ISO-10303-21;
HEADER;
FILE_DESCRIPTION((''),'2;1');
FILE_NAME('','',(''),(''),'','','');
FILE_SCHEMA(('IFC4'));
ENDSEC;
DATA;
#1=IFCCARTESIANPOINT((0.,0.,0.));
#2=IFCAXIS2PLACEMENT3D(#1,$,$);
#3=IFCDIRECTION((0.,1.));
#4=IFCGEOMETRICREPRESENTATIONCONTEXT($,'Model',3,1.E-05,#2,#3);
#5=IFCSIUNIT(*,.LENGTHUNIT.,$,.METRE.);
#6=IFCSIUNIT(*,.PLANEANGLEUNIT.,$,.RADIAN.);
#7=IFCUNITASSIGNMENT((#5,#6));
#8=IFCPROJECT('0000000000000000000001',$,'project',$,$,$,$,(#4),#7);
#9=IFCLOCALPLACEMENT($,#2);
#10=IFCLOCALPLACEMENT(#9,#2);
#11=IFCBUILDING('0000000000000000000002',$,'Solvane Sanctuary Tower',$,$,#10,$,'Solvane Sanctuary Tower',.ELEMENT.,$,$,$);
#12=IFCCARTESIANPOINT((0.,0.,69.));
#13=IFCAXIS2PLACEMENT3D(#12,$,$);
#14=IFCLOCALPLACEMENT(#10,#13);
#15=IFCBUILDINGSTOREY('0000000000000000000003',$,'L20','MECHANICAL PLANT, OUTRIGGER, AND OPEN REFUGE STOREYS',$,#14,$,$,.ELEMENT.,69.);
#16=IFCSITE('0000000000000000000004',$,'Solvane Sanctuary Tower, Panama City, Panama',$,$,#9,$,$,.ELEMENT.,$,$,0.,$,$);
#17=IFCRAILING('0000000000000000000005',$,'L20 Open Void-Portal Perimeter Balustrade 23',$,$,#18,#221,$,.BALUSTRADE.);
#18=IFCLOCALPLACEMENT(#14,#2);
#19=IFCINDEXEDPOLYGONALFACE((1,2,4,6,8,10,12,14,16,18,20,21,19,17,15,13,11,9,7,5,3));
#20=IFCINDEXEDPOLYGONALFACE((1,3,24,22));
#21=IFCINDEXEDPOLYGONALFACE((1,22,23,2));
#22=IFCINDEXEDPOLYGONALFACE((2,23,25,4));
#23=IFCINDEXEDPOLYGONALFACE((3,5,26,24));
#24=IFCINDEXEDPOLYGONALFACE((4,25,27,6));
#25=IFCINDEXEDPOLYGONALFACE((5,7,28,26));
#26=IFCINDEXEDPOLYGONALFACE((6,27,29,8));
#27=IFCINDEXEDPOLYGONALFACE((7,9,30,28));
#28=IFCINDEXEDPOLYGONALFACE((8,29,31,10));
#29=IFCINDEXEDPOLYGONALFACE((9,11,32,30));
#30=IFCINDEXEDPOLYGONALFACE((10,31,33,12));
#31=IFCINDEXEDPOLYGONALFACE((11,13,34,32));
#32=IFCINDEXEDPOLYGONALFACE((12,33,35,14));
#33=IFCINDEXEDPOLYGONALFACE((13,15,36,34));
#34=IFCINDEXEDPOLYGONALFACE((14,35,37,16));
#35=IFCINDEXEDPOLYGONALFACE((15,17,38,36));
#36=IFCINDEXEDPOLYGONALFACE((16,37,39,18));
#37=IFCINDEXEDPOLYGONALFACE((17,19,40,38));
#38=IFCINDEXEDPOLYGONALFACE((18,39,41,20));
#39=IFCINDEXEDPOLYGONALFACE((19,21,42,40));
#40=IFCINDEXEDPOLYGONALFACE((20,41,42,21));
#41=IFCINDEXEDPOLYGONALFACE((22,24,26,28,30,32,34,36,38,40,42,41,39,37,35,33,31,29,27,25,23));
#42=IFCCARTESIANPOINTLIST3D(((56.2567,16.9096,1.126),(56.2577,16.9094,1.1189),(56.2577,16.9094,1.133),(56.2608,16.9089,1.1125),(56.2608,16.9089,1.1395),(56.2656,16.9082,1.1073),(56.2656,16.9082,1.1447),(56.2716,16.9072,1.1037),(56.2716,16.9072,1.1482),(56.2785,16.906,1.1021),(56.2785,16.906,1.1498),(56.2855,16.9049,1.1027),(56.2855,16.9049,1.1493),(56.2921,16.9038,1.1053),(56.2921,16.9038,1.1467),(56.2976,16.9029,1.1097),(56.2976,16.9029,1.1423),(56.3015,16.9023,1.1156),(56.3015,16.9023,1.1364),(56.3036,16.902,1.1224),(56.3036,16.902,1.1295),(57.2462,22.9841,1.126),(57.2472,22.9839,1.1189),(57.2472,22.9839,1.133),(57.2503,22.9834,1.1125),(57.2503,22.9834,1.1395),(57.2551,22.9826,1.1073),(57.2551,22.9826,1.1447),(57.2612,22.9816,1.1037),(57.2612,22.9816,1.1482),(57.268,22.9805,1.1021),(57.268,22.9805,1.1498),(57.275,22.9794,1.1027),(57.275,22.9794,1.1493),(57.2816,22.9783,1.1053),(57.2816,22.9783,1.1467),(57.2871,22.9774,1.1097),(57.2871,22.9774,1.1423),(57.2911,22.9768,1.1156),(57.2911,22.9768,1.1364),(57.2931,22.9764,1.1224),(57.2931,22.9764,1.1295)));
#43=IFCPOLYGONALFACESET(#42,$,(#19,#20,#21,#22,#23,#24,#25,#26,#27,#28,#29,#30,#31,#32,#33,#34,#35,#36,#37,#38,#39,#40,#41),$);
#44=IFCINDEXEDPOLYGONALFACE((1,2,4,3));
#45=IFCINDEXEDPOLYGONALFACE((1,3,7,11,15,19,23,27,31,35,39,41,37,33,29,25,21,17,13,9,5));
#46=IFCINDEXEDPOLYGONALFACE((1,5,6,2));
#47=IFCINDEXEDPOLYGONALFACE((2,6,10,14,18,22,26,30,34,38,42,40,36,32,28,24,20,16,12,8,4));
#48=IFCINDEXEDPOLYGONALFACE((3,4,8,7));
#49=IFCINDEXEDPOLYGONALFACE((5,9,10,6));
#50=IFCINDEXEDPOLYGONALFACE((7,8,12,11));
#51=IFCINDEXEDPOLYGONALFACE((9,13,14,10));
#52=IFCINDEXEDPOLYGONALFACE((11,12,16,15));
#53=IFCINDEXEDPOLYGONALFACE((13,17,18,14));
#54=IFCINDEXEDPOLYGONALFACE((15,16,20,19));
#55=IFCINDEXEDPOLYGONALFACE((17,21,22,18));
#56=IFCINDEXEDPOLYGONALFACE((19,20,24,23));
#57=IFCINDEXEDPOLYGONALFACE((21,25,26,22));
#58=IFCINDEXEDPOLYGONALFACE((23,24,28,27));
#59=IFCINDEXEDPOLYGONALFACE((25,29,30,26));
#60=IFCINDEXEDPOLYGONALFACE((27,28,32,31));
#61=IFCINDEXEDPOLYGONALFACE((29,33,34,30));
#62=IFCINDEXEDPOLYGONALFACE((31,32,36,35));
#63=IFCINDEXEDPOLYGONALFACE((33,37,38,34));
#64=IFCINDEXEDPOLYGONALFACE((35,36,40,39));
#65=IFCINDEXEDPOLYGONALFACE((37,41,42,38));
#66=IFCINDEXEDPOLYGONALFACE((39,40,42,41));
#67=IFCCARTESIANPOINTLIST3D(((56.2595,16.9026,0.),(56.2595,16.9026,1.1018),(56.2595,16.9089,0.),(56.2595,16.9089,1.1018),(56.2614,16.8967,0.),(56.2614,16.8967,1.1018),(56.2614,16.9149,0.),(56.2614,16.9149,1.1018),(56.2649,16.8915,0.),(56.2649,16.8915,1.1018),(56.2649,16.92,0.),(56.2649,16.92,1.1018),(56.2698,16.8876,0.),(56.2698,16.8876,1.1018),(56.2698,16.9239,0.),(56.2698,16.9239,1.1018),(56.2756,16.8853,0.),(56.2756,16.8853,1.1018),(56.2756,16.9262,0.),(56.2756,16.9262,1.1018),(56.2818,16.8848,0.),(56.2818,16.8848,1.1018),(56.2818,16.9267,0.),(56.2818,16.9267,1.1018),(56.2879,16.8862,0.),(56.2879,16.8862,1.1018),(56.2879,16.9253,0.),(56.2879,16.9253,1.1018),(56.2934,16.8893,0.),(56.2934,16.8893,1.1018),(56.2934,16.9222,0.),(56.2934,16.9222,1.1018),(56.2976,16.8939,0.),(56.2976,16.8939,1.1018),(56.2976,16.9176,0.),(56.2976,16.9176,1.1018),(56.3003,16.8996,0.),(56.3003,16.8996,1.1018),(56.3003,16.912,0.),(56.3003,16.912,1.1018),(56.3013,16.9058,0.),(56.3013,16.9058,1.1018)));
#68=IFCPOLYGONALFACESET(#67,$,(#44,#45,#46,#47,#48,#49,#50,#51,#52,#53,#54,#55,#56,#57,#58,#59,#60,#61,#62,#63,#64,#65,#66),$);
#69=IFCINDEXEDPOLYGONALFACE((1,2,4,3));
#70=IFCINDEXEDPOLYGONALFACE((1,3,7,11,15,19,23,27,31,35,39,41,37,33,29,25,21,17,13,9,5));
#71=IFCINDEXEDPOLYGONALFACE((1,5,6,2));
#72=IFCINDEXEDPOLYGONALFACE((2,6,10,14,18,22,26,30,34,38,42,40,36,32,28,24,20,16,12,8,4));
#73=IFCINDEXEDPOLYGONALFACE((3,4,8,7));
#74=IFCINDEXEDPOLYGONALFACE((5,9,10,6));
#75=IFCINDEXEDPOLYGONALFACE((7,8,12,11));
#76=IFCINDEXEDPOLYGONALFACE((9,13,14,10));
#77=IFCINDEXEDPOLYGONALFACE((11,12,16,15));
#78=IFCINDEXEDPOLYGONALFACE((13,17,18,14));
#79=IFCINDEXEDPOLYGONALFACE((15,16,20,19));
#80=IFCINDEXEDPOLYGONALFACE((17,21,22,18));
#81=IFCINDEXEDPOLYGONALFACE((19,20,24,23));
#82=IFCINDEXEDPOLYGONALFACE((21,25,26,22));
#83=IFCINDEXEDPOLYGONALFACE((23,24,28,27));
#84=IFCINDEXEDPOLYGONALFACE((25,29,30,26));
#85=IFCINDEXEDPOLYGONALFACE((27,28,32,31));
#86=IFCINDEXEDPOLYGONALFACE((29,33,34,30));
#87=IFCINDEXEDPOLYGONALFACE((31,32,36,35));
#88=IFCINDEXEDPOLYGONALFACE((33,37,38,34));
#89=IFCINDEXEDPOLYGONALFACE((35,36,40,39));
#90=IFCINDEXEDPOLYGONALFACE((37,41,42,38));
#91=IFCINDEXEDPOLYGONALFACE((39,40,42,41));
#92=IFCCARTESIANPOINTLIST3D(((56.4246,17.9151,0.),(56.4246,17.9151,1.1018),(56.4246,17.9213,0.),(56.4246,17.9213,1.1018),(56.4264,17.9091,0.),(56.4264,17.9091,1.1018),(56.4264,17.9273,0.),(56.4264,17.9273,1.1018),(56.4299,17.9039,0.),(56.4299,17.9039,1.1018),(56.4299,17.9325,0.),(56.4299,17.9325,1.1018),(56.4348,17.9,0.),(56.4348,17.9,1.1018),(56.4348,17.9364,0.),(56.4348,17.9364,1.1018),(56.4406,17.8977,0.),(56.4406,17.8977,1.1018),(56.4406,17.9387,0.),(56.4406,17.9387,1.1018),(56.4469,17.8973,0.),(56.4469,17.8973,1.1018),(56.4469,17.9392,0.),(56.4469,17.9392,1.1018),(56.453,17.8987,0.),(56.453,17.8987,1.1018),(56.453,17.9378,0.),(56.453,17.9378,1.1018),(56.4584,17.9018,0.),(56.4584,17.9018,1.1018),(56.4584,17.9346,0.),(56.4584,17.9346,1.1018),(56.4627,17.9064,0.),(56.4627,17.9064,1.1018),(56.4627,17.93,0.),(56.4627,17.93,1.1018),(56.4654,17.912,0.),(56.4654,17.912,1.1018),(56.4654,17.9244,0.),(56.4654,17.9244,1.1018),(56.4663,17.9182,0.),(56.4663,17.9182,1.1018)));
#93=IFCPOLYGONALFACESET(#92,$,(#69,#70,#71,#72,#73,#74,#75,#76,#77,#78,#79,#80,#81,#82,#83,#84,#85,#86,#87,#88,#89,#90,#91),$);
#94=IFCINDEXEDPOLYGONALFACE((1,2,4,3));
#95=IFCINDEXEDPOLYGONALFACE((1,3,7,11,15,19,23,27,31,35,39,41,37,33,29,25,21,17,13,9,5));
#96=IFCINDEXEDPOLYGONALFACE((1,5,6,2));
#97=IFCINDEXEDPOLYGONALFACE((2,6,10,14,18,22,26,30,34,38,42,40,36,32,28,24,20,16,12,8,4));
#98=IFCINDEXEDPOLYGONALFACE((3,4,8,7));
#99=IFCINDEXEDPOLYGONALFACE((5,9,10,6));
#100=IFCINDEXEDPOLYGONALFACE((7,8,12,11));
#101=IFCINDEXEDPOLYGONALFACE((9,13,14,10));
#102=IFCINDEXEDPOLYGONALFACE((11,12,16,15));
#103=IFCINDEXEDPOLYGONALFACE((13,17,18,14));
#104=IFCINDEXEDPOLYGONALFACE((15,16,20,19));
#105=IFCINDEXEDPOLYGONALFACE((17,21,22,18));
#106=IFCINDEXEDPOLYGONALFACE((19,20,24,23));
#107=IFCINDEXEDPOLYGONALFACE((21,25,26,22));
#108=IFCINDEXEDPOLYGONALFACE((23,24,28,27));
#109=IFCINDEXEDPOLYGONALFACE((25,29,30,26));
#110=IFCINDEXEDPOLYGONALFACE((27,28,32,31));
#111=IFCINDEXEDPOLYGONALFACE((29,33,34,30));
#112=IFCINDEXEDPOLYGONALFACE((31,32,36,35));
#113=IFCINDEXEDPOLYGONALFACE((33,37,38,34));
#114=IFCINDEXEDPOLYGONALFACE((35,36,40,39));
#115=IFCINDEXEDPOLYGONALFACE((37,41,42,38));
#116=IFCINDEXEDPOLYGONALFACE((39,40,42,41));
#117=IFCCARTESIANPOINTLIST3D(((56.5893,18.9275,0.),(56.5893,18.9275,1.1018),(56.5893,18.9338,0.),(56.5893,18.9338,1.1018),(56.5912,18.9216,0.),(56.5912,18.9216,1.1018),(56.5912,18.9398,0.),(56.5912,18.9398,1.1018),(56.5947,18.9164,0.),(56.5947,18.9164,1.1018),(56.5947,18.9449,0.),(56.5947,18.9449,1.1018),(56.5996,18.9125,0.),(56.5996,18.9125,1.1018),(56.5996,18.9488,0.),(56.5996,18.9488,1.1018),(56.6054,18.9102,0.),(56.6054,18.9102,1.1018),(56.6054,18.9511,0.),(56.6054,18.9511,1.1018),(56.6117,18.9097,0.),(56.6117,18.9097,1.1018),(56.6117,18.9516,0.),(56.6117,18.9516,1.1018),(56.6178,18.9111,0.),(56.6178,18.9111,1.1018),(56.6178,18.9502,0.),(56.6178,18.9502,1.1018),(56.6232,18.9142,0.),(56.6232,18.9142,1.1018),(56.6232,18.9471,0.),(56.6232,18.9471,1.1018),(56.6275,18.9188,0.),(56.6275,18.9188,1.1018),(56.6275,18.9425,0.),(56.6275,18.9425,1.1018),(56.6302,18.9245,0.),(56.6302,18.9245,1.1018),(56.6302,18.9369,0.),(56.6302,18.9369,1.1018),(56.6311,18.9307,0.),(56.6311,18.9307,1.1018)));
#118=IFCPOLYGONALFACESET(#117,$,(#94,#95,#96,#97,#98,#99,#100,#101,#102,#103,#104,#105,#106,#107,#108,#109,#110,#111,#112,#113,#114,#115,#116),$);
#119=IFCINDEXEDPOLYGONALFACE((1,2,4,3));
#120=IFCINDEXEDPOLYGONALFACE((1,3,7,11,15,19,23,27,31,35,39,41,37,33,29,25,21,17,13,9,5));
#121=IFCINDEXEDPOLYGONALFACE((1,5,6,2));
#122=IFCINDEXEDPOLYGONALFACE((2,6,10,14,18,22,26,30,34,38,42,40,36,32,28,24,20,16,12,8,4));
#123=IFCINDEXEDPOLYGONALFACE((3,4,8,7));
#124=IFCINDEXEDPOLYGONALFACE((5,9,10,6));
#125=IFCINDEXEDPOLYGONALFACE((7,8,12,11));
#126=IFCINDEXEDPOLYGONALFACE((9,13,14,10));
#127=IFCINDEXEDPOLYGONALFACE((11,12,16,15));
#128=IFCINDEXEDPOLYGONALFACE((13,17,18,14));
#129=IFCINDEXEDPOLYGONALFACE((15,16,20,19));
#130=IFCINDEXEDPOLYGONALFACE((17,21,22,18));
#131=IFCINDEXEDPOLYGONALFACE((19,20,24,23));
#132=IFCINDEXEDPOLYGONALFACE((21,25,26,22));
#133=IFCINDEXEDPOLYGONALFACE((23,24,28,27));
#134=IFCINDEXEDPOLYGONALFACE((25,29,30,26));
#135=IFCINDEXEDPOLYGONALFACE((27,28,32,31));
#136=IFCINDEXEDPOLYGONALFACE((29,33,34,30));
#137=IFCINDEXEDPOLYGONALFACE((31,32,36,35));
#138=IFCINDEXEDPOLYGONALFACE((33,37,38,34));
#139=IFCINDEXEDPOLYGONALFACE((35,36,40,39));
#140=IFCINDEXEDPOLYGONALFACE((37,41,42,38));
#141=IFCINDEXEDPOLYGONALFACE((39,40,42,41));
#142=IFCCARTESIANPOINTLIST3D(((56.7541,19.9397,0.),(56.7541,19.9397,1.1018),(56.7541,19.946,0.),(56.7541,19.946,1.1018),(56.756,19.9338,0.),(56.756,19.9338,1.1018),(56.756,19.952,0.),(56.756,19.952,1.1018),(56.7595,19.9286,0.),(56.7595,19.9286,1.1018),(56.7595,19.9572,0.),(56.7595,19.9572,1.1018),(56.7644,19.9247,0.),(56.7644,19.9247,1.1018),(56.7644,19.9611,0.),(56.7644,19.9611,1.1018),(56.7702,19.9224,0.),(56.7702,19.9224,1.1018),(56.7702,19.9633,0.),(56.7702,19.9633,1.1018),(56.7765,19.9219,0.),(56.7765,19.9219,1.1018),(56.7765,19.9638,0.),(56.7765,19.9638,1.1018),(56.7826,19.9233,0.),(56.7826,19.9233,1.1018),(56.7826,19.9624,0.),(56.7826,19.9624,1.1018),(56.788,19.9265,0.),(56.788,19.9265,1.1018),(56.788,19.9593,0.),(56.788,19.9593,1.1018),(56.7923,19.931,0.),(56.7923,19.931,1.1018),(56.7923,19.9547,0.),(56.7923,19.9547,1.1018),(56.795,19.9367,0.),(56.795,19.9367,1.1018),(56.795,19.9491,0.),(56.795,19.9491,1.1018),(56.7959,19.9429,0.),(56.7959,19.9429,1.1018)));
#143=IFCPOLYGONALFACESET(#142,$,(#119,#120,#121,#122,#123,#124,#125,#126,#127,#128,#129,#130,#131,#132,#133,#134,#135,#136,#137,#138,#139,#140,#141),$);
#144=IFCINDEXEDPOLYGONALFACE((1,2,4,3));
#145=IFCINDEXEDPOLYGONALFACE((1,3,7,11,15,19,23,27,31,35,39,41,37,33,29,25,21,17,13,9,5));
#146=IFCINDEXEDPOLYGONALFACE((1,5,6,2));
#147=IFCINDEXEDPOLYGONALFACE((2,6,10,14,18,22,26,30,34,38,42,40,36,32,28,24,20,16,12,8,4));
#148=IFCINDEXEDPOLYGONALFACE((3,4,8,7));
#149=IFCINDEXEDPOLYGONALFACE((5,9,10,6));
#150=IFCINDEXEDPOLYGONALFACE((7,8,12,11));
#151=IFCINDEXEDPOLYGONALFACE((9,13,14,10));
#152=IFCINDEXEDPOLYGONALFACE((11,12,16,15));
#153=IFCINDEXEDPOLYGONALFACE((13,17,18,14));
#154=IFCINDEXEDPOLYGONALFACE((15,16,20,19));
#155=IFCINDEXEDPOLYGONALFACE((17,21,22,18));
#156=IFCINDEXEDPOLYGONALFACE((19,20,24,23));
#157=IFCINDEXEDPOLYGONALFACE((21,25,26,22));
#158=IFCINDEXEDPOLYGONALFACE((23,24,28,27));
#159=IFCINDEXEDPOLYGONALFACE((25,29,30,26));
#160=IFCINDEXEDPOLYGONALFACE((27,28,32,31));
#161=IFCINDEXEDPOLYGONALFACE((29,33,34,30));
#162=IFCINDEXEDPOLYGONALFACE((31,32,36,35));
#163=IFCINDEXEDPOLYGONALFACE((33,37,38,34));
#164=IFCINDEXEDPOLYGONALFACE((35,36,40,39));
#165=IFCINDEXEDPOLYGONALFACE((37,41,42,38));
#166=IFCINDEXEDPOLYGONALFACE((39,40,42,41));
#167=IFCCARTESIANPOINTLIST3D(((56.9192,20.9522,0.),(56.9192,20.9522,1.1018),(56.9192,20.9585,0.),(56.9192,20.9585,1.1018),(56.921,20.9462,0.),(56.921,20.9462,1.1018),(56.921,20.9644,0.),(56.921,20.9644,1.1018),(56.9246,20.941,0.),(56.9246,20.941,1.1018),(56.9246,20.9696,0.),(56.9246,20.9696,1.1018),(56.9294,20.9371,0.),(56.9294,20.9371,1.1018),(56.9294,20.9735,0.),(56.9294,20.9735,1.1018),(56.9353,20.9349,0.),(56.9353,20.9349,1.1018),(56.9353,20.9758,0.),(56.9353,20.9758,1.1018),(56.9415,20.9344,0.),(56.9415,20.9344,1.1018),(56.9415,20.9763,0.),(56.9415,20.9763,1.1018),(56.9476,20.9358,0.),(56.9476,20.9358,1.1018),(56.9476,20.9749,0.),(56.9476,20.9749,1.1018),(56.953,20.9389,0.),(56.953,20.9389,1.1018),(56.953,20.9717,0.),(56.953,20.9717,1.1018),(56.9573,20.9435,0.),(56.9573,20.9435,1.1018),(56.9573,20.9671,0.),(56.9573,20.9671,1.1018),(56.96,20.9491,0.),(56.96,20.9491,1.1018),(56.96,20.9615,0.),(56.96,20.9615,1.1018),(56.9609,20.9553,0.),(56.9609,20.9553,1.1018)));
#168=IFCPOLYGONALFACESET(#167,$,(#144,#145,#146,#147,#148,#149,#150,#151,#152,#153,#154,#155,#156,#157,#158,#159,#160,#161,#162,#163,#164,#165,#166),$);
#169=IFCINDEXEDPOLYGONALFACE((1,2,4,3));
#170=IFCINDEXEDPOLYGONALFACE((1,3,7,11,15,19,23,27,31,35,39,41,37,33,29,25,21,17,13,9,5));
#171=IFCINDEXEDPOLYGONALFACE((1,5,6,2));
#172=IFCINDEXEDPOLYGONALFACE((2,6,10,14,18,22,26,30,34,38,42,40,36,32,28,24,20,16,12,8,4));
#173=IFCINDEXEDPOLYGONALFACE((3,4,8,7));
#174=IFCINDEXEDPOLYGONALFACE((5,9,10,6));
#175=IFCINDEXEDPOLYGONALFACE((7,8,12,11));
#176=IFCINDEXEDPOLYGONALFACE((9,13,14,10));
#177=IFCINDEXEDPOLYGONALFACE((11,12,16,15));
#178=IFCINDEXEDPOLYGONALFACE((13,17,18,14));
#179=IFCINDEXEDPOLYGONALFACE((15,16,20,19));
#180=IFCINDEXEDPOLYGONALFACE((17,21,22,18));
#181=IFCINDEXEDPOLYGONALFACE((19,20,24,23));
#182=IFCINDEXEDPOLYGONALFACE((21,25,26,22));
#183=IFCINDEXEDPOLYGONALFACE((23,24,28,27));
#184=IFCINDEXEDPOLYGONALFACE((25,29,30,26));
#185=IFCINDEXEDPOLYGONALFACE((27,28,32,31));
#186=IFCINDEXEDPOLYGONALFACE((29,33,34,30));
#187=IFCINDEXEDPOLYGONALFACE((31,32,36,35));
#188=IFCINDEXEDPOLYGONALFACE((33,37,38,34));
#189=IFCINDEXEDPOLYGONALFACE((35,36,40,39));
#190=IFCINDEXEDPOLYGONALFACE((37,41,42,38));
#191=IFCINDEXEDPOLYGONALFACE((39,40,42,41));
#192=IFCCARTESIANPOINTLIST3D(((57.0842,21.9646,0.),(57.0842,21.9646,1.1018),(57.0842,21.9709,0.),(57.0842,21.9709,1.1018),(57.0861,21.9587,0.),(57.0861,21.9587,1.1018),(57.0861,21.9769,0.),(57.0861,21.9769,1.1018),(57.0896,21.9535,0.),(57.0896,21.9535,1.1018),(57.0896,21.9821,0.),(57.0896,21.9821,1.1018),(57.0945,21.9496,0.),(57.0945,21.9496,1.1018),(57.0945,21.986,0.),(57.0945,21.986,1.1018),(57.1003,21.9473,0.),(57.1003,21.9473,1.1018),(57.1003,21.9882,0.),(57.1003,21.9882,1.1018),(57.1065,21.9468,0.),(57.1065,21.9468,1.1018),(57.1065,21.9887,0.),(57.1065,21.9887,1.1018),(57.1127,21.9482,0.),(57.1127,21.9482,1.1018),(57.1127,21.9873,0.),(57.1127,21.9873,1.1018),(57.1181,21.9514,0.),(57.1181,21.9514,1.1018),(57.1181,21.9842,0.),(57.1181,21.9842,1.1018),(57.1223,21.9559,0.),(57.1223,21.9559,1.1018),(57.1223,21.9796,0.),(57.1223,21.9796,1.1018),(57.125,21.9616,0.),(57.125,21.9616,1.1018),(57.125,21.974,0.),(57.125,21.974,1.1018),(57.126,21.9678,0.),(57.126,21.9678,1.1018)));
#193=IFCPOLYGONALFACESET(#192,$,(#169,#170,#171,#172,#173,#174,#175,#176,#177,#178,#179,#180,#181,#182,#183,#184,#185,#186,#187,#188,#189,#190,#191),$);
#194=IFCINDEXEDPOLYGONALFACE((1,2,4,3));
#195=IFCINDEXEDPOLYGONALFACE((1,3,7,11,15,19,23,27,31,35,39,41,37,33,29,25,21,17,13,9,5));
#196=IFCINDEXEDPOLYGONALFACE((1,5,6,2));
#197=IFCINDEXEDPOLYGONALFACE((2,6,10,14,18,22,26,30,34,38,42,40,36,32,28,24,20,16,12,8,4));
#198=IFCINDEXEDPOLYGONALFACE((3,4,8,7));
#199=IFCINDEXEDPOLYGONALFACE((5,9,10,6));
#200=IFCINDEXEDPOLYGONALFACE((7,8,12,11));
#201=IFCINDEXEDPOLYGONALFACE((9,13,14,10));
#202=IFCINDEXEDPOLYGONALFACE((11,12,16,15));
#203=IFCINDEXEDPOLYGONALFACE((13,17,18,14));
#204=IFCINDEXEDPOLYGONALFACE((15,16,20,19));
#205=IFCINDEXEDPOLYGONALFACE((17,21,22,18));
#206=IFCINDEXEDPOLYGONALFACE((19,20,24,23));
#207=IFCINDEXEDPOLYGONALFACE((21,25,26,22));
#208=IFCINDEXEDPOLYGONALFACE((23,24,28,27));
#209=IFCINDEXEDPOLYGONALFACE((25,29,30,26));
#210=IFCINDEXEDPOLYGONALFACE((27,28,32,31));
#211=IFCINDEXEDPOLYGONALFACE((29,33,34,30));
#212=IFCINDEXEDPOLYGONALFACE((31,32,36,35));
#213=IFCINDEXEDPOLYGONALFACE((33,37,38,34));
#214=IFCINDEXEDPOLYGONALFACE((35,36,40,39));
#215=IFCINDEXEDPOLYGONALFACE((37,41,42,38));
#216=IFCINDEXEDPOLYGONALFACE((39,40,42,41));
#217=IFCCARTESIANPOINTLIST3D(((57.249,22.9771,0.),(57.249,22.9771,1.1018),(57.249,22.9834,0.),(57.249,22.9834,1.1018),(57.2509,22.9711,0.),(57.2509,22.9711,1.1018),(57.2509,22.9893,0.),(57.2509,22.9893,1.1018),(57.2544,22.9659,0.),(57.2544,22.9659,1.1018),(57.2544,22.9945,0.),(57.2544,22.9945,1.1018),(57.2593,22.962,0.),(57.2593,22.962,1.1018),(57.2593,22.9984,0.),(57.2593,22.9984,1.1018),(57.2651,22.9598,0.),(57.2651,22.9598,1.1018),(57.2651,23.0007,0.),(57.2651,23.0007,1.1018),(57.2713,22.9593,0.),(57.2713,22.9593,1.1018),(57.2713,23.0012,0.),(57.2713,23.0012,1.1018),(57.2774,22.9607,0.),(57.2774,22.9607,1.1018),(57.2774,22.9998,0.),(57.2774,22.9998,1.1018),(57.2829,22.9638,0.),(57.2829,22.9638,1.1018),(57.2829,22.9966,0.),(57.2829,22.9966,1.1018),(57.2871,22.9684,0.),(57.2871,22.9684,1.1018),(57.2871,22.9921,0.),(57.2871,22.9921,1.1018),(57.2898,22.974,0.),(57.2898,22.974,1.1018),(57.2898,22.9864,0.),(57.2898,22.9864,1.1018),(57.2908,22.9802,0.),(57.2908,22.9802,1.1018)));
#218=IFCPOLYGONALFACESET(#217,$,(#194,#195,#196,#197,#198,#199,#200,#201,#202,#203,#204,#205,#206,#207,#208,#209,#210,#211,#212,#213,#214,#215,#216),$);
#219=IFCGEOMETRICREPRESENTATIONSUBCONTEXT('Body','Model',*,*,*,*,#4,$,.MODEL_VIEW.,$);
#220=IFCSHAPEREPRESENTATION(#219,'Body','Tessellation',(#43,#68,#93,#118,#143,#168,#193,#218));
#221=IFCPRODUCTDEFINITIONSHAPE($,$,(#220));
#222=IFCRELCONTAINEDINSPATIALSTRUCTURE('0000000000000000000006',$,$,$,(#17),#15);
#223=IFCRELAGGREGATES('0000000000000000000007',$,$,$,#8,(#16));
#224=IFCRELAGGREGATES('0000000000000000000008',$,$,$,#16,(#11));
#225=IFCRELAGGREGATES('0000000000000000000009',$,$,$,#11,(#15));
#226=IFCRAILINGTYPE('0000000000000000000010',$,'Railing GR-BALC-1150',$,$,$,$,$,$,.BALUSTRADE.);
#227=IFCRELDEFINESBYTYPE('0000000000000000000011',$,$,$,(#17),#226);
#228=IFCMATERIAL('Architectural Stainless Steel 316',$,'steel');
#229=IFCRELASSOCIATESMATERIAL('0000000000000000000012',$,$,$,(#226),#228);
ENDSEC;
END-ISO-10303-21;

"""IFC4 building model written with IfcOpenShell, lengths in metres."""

from ifc_helpers import new_model, si_unit, direction, frame, origin, origin_2d, place, context, subcontext, project, spatial, circle, extrude, material, type_object, element, save


model = new_model("IFC4")

# Units and contexts
model_context = context("Model", 3, precision=1e-05, world=origin(), true_north=direction((0.0, 1.0)))
body_context = subcontext(model_context, "Body", "Model", "MODEL_VIEW")
ifc_project = project(units=[si_unit("LENGTHUNIT", "METRE"), si_unit("PLANEANGLEUNIT", "RADIAN")], contexts=[model_context])

# Site, building, storey
site_placement = place(None, origin())
site = spatial("IfcSite", under=ifc_project, at=site_placement, Name="Solvane Sanctuary Tower, Panama City, Panama", CompositionType="ELEMENT", RefElevation=0.0)
building_placement = place(site_placement, origin())
building = spatial("IfcBuilding", under=site, at=building_placement, Name="Solvane Sanctuary Tower", LongName="Solvane Sanctuary Tower", CompositionType="ELEMENT")
storey_placement = place(building_placement, frame((0.0, 0.0, 69.0)))
storey = spatial("IfcBuildingStorey", under=building, at=storey_placement, Name="L20", Description="MECHANICAL PLANT, OUTRIGGER, AND OPEN REFUGE STOREYS", CompositionType="ELEMENT", Elevation=69.0)

# Shared definitions
ifc_material_1 = material(Name="Architectural Stainless Steel 316", Category="steel")

# Railing
railing_type_1 = type_object("IfcRailingType", Name="Railing GR-BALC-1150", PredefinedType="BALUSTRADE", material=ifc_material_1)
railing_1_placement = place(storey_placement, frame((56.2803, 16.9058, 0.0)))
element("IfcRailing", 1, at=railing_1_placement, inside=storey, type_object=railing_type_1, Name="L20 Open Void-Portal Perimeter Balustrade 23", PredefinedType="BALUSTRADE", context=body_context, shape_type="SweptSolid", body=[
    extrude(circle(Radius=0.0239, at=origin_2d()), frame((0.0, 0.0, 1.126), z_axis=(0.160776, 0.986991, 0.0), x_axis=(-0.986991, 0.160776, 0.0)), (0.0, 0.0, 1.0), 6.1545),
    extrude(circle(Radius=0.021, at=origin_2d()), origin(), (0.0, 0.0, 1.0), 1.1018),
    extrude(circle(Radius=0.021, at=origin_2d()), frame((0.165, 1.0125, 0.0)), (0.0, 0.0, 1.0), 1.1018),
    extrude(circle(Radius=0.021, at=origin_2d()), frame((0.3298, 2.0249, 0.0)), (0.0, 0.0, 1.0), 1.1018),
    extrude(circle(Radius=0.021, at=origin_2d()), frame((0.4946, 3.0371, 0.0)), (0.0, 0.0, 1.0), 1.1018),
    extrude(circle(Radius=0.021, at=origin_2d()), frame((0.6597, 4.0496, 0.0)), (0.0, 0.0, 1.0), 1.1018),
    extrude(circle(Radius=0.021, at=origin_2d()), frame((0.8247, 5.062, 0.0)), (0.0, 0.0, 1.0), 1.1018),
    extrude(circle(Radius=0.021, at=origin_2d()), frame((0.9895, 6.0745, 0.0)), (0.0, 0.0, 1.0), 1.1018),
])

save(model, "model.ifc")
